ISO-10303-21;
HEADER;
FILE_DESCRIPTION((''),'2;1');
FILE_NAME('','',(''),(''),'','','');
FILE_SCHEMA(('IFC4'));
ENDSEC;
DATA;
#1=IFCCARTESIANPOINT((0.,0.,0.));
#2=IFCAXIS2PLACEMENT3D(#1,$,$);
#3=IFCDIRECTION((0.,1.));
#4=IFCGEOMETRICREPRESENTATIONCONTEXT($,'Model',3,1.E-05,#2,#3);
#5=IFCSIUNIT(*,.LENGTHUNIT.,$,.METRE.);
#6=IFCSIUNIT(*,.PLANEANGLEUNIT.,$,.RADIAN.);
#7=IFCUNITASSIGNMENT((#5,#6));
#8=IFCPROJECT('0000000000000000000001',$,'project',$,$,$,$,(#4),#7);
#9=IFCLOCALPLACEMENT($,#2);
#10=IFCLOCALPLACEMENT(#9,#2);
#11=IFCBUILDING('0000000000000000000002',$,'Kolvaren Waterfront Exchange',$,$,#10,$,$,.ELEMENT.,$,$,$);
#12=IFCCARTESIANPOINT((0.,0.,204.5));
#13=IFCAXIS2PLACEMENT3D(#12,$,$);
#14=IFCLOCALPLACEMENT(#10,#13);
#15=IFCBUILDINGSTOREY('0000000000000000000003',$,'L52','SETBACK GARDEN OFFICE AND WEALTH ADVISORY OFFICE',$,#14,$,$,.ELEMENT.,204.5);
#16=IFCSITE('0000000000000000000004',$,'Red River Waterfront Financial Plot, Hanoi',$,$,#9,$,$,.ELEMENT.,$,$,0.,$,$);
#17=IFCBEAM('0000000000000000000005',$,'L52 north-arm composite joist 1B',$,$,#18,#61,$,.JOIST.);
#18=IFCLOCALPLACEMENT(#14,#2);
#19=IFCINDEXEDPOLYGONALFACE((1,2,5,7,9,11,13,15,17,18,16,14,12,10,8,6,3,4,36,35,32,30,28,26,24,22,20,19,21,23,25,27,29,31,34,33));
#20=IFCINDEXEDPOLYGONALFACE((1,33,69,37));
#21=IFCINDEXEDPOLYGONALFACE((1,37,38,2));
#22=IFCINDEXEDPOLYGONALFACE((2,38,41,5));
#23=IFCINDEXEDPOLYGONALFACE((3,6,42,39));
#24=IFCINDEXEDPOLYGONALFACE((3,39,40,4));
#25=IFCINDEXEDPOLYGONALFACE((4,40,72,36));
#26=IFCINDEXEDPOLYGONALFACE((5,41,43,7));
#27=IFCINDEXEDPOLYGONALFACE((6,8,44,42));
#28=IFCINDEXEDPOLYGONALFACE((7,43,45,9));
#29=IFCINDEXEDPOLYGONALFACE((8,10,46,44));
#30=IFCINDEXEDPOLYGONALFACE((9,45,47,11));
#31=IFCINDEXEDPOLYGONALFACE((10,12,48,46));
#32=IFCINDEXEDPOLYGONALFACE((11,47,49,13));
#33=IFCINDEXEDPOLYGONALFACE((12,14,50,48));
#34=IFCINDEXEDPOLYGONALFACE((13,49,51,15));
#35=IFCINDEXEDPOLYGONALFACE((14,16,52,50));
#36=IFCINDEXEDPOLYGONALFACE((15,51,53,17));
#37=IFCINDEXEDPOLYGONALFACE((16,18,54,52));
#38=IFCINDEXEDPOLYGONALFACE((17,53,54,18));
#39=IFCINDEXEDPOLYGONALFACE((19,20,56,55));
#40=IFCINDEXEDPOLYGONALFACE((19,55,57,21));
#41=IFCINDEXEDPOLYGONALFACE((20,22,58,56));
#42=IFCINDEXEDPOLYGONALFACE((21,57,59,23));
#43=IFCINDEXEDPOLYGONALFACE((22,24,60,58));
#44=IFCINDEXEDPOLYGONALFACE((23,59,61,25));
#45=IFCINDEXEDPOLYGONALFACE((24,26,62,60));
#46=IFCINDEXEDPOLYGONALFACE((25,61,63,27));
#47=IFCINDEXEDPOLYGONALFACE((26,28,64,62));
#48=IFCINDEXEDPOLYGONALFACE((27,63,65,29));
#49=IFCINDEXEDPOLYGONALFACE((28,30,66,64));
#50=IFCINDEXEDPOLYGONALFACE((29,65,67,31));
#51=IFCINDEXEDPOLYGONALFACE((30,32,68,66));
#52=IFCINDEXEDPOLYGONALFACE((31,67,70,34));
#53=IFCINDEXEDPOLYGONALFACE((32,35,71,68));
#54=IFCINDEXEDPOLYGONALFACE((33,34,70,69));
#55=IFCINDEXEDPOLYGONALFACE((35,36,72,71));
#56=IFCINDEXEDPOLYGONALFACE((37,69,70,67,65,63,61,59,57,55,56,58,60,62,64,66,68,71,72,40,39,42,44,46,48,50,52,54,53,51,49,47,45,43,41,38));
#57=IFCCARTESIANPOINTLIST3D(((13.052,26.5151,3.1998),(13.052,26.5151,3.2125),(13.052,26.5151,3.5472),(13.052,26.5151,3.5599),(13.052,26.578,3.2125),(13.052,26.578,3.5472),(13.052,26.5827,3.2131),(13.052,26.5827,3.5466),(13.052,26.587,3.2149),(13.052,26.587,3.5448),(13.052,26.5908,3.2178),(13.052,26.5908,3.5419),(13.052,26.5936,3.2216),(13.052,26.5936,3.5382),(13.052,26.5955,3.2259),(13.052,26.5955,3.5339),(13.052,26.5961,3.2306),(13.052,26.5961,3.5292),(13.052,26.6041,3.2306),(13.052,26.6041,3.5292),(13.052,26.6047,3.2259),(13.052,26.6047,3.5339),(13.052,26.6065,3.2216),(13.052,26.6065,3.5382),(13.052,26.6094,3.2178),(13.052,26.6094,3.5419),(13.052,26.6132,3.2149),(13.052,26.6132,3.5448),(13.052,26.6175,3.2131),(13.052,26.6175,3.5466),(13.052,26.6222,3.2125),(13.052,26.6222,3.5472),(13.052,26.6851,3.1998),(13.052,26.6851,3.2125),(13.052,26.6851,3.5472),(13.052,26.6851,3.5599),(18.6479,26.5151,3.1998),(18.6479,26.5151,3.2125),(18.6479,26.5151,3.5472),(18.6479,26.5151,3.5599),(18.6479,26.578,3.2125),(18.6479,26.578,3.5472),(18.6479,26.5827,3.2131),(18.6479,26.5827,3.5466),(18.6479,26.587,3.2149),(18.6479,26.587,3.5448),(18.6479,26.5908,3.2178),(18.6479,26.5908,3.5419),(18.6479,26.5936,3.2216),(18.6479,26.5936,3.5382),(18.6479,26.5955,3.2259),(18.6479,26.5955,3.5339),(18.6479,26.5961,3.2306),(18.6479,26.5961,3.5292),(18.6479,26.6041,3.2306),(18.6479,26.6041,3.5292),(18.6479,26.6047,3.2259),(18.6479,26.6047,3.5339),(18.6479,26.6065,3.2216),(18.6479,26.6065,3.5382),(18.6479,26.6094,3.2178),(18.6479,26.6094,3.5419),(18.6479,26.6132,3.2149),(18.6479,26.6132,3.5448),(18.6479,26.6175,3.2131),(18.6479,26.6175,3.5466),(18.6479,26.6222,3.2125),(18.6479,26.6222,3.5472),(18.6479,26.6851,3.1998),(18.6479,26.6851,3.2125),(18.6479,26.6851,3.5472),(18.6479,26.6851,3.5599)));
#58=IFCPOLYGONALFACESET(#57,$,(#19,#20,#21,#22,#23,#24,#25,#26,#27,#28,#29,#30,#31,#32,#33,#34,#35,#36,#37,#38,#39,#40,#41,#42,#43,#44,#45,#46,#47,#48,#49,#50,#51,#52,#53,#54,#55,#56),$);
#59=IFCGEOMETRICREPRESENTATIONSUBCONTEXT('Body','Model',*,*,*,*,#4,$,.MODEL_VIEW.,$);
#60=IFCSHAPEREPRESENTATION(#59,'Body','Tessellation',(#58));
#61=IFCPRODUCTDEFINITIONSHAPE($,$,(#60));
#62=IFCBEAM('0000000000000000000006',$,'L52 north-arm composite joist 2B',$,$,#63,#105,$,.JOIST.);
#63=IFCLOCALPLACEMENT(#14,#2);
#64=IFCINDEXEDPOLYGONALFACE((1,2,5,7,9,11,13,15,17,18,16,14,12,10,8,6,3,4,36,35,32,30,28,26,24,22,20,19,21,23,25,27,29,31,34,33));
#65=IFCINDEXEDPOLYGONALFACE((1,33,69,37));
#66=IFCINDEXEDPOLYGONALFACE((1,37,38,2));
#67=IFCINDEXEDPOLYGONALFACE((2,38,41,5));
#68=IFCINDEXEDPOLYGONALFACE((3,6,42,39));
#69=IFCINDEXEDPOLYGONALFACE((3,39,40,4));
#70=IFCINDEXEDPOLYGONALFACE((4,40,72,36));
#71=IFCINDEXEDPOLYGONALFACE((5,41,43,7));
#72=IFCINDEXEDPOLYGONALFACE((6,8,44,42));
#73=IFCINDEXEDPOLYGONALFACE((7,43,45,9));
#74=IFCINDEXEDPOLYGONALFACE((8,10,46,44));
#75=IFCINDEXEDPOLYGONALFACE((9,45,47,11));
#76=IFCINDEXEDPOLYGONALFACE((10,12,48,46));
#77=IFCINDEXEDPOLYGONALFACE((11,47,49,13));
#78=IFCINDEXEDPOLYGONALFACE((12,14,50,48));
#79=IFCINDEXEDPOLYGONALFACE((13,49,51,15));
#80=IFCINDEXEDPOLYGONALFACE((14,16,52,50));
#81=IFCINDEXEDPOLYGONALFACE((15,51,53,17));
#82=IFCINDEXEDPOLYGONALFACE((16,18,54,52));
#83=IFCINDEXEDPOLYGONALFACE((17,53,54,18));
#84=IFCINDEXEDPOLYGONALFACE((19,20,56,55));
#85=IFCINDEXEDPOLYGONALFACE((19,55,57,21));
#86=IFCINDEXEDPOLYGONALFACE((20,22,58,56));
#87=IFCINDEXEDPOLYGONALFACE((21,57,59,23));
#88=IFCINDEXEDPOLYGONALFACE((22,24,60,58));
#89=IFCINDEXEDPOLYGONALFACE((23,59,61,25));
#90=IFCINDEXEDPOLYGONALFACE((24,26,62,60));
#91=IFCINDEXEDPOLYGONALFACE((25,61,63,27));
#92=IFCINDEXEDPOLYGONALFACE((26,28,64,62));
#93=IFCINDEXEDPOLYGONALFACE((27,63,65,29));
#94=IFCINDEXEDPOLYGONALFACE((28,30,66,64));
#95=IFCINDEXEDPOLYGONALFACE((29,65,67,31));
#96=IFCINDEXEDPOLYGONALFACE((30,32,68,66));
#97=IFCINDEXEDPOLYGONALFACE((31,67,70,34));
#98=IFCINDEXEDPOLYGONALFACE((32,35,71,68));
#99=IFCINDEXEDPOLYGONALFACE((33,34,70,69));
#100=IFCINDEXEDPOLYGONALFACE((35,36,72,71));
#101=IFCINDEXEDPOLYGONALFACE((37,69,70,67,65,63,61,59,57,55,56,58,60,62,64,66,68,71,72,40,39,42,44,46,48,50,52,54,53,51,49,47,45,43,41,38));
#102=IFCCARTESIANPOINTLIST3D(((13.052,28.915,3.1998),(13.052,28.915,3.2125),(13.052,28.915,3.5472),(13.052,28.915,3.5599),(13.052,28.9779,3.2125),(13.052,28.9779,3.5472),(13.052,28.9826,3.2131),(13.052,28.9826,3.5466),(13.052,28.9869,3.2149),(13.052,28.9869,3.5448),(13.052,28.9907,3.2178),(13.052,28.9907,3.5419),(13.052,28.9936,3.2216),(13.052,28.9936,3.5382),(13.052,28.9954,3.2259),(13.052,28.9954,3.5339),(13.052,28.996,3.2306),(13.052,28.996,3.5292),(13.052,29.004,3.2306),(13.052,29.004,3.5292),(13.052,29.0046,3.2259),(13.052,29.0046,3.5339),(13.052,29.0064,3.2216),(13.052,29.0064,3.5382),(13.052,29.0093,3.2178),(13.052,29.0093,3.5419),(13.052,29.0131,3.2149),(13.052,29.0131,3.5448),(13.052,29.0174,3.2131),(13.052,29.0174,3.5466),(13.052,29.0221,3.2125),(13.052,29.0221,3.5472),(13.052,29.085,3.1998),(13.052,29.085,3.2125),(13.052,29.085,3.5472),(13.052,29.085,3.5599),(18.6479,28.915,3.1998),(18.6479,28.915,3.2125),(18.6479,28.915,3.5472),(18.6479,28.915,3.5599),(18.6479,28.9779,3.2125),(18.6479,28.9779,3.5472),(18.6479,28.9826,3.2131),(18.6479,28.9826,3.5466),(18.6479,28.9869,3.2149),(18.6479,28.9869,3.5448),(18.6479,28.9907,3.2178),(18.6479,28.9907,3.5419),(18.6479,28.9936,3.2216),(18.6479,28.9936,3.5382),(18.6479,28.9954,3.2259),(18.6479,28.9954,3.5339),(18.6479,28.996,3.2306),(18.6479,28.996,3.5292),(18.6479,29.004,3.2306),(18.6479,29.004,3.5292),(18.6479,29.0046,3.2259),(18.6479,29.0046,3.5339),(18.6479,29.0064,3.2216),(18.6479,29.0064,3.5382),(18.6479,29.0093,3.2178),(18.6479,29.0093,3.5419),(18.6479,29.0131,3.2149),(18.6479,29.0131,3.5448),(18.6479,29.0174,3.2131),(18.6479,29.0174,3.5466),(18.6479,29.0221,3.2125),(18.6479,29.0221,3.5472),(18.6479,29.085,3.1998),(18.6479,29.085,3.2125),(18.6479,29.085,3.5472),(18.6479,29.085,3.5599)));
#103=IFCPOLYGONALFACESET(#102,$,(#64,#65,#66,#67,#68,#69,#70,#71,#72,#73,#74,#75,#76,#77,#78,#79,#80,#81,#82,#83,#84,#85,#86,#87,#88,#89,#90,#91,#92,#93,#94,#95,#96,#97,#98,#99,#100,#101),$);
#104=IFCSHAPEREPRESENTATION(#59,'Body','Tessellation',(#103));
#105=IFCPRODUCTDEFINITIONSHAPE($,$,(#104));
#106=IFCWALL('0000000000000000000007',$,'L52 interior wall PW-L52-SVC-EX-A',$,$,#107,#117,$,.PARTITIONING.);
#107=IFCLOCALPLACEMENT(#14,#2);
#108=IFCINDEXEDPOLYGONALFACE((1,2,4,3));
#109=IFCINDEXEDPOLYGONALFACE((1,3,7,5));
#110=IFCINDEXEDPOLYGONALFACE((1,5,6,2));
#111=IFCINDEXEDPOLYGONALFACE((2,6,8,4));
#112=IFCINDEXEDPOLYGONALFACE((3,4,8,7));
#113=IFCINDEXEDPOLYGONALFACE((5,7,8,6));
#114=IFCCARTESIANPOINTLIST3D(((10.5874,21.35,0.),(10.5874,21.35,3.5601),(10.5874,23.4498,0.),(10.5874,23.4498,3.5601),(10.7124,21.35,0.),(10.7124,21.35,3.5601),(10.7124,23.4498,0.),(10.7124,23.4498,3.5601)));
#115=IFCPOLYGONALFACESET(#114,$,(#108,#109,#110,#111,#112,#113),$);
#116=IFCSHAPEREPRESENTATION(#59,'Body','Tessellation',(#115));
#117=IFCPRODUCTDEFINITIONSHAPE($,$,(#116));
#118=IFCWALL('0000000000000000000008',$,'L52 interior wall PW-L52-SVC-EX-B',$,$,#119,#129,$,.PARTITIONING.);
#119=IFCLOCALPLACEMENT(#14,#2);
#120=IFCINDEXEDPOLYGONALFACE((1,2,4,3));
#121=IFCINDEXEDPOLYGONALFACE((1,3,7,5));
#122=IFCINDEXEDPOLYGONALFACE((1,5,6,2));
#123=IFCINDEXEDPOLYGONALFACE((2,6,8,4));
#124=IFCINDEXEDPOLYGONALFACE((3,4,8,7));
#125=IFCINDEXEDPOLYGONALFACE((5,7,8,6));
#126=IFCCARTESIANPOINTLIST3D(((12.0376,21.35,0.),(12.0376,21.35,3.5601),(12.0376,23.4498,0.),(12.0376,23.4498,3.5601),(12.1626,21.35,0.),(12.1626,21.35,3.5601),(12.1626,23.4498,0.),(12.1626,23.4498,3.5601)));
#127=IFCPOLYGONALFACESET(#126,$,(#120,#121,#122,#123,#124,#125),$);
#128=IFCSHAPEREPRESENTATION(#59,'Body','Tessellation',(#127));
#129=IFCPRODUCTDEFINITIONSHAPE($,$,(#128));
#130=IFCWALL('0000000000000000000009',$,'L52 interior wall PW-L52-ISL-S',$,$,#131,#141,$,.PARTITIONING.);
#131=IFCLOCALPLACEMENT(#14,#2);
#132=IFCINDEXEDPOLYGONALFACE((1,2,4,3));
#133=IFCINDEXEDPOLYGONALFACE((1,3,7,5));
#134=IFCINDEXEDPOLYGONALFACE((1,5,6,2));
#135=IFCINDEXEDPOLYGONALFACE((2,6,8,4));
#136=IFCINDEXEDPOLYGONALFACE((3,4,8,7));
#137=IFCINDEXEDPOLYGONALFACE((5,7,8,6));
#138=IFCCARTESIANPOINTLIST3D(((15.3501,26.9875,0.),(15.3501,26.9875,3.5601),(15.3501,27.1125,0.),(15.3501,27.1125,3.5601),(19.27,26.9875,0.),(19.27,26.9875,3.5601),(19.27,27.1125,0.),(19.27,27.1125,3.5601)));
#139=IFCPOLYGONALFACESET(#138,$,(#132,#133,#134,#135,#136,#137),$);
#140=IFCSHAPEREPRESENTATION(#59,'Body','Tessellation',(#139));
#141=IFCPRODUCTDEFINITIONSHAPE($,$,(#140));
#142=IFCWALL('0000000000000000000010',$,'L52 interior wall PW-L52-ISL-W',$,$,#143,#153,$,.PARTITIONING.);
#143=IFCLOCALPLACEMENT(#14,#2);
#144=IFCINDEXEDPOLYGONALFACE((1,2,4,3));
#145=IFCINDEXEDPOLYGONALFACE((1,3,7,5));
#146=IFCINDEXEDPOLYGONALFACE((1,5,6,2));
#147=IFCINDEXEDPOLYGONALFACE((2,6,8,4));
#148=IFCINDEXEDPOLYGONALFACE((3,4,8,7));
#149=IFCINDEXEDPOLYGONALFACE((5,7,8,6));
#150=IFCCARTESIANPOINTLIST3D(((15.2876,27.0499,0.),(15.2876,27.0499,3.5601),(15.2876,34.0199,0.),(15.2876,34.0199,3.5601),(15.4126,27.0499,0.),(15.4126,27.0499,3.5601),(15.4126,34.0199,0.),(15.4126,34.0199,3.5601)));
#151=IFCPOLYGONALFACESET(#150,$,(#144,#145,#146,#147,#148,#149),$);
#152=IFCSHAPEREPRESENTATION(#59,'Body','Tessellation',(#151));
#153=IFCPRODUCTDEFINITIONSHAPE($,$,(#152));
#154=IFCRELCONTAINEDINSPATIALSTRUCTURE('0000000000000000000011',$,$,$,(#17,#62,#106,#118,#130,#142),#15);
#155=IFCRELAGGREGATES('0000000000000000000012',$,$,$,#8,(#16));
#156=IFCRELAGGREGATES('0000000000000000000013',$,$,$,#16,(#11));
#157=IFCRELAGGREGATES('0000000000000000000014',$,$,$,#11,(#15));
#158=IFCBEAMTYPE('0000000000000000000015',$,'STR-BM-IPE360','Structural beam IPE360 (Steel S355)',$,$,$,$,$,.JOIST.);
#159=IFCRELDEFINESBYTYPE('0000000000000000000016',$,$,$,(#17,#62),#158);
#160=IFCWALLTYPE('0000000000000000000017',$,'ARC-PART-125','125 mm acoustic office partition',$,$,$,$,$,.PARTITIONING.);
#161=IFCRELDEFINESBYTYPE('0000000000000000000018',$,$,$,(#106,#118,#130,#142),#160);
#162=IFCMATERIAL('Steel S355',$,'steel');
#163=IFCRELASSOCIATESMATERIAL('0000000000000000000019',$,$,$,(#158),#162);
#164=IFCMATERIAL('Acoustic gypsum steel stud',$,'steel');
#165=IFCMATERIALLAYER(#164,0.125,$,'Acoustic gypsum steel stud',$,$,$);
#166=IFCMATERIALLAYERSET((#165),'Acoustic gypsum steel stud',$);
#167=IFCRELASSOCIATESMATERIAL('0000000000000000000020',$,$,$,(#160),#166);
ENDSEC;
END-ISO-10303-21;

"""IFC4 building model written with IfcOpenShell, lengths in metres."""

from ifc_helpers import new_model, si_unit, direction, frame, frame_2d, origin, origin_2d, place, context, subcontext, project, spatial, rectangle, i_section, extrude, material, layer, layer_set, material_profile, profile_set, type_object, element, save


model = new_model("IFC4")

# Units and contexts
model_context = context("Model", 3, precision=1e-05, world=origin(), true_north=direction((0.0, 1.0)))
body_context = subcontext(model_context, "Body", "Model", "MODEL_VIEW")
ifc_project = project(units=[si_unit("LENGTHUNIT", "METRE"), si_unit("PLANEANGLEUNIT", "RADIAN")], contexts=[model_context])

# Site, building, storey
site_placement = place(None, origin())
site = spatial("IfcSite", under=ifc_project, at=site_placement, Name="Red River Waterfront Financial Plot, Hanoi", CompositionType="ELEMENT", RefElevation=0.0)
building_placement = place(site_placement, origin())
building = spatial("IfcBuilding", under=site, at=building_placement, Name="Kolvaren Waterfront Exchange", CompositionType="ELEMENT")
storey_placement = place(building_placement, frame((0.0, 0.0, 204.5)))
storey = spatial("IfcBuildingStorey", under=building, at=storey_placement, Name="L52", Description="SETBACK GARDEN OFFICE AND WEALTH ADVISORY OFFICE", CompositionType="ELEMENT", Elevation=204.5)

# Beams
ifc_material_1 = material(Name="Steel S355", Category="steel")
ifc_material_profile_1 = material_profile(ifc_material_1, i_section(OverallWidth=0.1699, OverallDepth=0.3601, WebThickness=0.0081, FlangeThickness=0.0127, FilletRadius=0.0181, at=origin_2d()), Name="IPE360")
ifc_profile_set_1 = profile_set([ifc_material_profile_1], Name="Steel S355")
beam_type_1 = type_object("IfcBeamType", Name="STR-BM-IPE360", Description="Structural beam IPE360 (Steel S355)", PredefinedType="JOIST", material=ifc_profile_set_1)
for number, where, z_axis, x_axis, name in (
    (1, (13.052, 26.6001, 3.3799), (1.0, 0.0, 0.0), (0.0, 1.0, 0.0), "L52 north-arm composite joist 1B"),
    (2, (13.052, 29.0, 3.3799), (1.0, 0.0, 0.0), (0.0, 1.0, 0.0), "L52 north-arm composite joist 2B"),
):
    element("IfcBeam", number, at=place(storey_placement, frame(where, z_axis=z_axis, x_axis=x_axis)), inside=storey, type_object=beam_type_1, Name=name, PredefinedType="JOIST", context=body_context, shape_type="SweptSolid", body=[
        extrude(i_section(OverallWidth=0.1699, OverallDepth=0.3601, WebThickness=0.0081, FlangeThickness=0.0127, FilletRadius=0.0181, at=origin_2d()), origin(), (0.0, 0.0, 1.0), 5.5959),
    ])

# Shared definitions
ifc_material_2 = material(Name="Acoustic gypsum steel stud", Category="steel")
ifc_layer_1 = layer(ifc_material_2, 0.125, Name="Acoustic gypsum steel stud")
ifc_layer_set_1 = layer_set([ifc_layer_1], Name="Acoustic gypsum steel stud")
wall_type_1 = type_object("IfcWallType", Name="ARC-PART-125", Description="125 mm acoustic office partition", PredefinedType="PARTITIONING", material=ifc_layer_set_1)

# Walls
for number, where, z_axis, x_axis, name in (
    (3, (10.6499, 21.3501, 0.0), (0.0, 0.0, 1.0), (0.0, 1.0, 0.0), "L52 interior wall PW-L52-SVC-EX-A"),
    (4, (12.1001, 21.3501, 0.0), (0.0, 0.0, 1.0), (0.0, 1.0, 0.0), "L52 interior wall PW-L52-SVC-EX-B"),
):
    element("IfcWall", number, at=place(storey_placement, frame(where, z_axis=z_axis, x_axis=x_axis)), inside=storey, type_object=wall_type_1, Name=name, PredefinedType="PARTITIONING", context=body_context, shape_type="SweptSolid", body=[
        extrude(rectangle(XDim=2.0999, YDim=0.125, at=frame_2d((1.0498, 0.0))), origin(), (0.0, 0.0, 1.0), 3.5601),
    ])
wall_1_placement = place(storey_placement, frame((15.3501, 27.05, 0.0), z_axis=(0.0, 0.0, 1.0), x_axis=(1.0, 0.0, 0.0)))
element("IfcWall", 5, at=wall_1_placement, inside=storey, type_object=wall_type_1, Name="L52 interior wall PW-L52-ISL-S", PredefinedType="PARTITIONING", context=body_context, shape_type="SweptSolid", body=[
    extrude(rectangle(XDim=3.9199, YDim=0.125, at=frame_2d((1.96, 0.0))), origin(), (0.0, 0.0, 1.0), 3.5601),
])
wall_2_placement = place(storey_placement, frame((15.3501, 27.05, 0.0), z_axis=(0.0, 0.0, 1.0), x_axis=(0.0, 1.0, 0.0)))
element("IfcWall", 6, at=wall_2_placement, inside=storey, type_object=wall_type_1, Name="L52 interior wall PW-L52-ISL-W", PredefinedType="PARTITIONING", context=body_context, shape_type="SweptSolid", body=[
    extrude(rectangle(XDim=6.97, YDim=0.125, at=frame_2d((3.4849, 0.0))), origin(), (0.0, 0.0, 1.0), 3.5601),
])

save(model, "model.ifc")
